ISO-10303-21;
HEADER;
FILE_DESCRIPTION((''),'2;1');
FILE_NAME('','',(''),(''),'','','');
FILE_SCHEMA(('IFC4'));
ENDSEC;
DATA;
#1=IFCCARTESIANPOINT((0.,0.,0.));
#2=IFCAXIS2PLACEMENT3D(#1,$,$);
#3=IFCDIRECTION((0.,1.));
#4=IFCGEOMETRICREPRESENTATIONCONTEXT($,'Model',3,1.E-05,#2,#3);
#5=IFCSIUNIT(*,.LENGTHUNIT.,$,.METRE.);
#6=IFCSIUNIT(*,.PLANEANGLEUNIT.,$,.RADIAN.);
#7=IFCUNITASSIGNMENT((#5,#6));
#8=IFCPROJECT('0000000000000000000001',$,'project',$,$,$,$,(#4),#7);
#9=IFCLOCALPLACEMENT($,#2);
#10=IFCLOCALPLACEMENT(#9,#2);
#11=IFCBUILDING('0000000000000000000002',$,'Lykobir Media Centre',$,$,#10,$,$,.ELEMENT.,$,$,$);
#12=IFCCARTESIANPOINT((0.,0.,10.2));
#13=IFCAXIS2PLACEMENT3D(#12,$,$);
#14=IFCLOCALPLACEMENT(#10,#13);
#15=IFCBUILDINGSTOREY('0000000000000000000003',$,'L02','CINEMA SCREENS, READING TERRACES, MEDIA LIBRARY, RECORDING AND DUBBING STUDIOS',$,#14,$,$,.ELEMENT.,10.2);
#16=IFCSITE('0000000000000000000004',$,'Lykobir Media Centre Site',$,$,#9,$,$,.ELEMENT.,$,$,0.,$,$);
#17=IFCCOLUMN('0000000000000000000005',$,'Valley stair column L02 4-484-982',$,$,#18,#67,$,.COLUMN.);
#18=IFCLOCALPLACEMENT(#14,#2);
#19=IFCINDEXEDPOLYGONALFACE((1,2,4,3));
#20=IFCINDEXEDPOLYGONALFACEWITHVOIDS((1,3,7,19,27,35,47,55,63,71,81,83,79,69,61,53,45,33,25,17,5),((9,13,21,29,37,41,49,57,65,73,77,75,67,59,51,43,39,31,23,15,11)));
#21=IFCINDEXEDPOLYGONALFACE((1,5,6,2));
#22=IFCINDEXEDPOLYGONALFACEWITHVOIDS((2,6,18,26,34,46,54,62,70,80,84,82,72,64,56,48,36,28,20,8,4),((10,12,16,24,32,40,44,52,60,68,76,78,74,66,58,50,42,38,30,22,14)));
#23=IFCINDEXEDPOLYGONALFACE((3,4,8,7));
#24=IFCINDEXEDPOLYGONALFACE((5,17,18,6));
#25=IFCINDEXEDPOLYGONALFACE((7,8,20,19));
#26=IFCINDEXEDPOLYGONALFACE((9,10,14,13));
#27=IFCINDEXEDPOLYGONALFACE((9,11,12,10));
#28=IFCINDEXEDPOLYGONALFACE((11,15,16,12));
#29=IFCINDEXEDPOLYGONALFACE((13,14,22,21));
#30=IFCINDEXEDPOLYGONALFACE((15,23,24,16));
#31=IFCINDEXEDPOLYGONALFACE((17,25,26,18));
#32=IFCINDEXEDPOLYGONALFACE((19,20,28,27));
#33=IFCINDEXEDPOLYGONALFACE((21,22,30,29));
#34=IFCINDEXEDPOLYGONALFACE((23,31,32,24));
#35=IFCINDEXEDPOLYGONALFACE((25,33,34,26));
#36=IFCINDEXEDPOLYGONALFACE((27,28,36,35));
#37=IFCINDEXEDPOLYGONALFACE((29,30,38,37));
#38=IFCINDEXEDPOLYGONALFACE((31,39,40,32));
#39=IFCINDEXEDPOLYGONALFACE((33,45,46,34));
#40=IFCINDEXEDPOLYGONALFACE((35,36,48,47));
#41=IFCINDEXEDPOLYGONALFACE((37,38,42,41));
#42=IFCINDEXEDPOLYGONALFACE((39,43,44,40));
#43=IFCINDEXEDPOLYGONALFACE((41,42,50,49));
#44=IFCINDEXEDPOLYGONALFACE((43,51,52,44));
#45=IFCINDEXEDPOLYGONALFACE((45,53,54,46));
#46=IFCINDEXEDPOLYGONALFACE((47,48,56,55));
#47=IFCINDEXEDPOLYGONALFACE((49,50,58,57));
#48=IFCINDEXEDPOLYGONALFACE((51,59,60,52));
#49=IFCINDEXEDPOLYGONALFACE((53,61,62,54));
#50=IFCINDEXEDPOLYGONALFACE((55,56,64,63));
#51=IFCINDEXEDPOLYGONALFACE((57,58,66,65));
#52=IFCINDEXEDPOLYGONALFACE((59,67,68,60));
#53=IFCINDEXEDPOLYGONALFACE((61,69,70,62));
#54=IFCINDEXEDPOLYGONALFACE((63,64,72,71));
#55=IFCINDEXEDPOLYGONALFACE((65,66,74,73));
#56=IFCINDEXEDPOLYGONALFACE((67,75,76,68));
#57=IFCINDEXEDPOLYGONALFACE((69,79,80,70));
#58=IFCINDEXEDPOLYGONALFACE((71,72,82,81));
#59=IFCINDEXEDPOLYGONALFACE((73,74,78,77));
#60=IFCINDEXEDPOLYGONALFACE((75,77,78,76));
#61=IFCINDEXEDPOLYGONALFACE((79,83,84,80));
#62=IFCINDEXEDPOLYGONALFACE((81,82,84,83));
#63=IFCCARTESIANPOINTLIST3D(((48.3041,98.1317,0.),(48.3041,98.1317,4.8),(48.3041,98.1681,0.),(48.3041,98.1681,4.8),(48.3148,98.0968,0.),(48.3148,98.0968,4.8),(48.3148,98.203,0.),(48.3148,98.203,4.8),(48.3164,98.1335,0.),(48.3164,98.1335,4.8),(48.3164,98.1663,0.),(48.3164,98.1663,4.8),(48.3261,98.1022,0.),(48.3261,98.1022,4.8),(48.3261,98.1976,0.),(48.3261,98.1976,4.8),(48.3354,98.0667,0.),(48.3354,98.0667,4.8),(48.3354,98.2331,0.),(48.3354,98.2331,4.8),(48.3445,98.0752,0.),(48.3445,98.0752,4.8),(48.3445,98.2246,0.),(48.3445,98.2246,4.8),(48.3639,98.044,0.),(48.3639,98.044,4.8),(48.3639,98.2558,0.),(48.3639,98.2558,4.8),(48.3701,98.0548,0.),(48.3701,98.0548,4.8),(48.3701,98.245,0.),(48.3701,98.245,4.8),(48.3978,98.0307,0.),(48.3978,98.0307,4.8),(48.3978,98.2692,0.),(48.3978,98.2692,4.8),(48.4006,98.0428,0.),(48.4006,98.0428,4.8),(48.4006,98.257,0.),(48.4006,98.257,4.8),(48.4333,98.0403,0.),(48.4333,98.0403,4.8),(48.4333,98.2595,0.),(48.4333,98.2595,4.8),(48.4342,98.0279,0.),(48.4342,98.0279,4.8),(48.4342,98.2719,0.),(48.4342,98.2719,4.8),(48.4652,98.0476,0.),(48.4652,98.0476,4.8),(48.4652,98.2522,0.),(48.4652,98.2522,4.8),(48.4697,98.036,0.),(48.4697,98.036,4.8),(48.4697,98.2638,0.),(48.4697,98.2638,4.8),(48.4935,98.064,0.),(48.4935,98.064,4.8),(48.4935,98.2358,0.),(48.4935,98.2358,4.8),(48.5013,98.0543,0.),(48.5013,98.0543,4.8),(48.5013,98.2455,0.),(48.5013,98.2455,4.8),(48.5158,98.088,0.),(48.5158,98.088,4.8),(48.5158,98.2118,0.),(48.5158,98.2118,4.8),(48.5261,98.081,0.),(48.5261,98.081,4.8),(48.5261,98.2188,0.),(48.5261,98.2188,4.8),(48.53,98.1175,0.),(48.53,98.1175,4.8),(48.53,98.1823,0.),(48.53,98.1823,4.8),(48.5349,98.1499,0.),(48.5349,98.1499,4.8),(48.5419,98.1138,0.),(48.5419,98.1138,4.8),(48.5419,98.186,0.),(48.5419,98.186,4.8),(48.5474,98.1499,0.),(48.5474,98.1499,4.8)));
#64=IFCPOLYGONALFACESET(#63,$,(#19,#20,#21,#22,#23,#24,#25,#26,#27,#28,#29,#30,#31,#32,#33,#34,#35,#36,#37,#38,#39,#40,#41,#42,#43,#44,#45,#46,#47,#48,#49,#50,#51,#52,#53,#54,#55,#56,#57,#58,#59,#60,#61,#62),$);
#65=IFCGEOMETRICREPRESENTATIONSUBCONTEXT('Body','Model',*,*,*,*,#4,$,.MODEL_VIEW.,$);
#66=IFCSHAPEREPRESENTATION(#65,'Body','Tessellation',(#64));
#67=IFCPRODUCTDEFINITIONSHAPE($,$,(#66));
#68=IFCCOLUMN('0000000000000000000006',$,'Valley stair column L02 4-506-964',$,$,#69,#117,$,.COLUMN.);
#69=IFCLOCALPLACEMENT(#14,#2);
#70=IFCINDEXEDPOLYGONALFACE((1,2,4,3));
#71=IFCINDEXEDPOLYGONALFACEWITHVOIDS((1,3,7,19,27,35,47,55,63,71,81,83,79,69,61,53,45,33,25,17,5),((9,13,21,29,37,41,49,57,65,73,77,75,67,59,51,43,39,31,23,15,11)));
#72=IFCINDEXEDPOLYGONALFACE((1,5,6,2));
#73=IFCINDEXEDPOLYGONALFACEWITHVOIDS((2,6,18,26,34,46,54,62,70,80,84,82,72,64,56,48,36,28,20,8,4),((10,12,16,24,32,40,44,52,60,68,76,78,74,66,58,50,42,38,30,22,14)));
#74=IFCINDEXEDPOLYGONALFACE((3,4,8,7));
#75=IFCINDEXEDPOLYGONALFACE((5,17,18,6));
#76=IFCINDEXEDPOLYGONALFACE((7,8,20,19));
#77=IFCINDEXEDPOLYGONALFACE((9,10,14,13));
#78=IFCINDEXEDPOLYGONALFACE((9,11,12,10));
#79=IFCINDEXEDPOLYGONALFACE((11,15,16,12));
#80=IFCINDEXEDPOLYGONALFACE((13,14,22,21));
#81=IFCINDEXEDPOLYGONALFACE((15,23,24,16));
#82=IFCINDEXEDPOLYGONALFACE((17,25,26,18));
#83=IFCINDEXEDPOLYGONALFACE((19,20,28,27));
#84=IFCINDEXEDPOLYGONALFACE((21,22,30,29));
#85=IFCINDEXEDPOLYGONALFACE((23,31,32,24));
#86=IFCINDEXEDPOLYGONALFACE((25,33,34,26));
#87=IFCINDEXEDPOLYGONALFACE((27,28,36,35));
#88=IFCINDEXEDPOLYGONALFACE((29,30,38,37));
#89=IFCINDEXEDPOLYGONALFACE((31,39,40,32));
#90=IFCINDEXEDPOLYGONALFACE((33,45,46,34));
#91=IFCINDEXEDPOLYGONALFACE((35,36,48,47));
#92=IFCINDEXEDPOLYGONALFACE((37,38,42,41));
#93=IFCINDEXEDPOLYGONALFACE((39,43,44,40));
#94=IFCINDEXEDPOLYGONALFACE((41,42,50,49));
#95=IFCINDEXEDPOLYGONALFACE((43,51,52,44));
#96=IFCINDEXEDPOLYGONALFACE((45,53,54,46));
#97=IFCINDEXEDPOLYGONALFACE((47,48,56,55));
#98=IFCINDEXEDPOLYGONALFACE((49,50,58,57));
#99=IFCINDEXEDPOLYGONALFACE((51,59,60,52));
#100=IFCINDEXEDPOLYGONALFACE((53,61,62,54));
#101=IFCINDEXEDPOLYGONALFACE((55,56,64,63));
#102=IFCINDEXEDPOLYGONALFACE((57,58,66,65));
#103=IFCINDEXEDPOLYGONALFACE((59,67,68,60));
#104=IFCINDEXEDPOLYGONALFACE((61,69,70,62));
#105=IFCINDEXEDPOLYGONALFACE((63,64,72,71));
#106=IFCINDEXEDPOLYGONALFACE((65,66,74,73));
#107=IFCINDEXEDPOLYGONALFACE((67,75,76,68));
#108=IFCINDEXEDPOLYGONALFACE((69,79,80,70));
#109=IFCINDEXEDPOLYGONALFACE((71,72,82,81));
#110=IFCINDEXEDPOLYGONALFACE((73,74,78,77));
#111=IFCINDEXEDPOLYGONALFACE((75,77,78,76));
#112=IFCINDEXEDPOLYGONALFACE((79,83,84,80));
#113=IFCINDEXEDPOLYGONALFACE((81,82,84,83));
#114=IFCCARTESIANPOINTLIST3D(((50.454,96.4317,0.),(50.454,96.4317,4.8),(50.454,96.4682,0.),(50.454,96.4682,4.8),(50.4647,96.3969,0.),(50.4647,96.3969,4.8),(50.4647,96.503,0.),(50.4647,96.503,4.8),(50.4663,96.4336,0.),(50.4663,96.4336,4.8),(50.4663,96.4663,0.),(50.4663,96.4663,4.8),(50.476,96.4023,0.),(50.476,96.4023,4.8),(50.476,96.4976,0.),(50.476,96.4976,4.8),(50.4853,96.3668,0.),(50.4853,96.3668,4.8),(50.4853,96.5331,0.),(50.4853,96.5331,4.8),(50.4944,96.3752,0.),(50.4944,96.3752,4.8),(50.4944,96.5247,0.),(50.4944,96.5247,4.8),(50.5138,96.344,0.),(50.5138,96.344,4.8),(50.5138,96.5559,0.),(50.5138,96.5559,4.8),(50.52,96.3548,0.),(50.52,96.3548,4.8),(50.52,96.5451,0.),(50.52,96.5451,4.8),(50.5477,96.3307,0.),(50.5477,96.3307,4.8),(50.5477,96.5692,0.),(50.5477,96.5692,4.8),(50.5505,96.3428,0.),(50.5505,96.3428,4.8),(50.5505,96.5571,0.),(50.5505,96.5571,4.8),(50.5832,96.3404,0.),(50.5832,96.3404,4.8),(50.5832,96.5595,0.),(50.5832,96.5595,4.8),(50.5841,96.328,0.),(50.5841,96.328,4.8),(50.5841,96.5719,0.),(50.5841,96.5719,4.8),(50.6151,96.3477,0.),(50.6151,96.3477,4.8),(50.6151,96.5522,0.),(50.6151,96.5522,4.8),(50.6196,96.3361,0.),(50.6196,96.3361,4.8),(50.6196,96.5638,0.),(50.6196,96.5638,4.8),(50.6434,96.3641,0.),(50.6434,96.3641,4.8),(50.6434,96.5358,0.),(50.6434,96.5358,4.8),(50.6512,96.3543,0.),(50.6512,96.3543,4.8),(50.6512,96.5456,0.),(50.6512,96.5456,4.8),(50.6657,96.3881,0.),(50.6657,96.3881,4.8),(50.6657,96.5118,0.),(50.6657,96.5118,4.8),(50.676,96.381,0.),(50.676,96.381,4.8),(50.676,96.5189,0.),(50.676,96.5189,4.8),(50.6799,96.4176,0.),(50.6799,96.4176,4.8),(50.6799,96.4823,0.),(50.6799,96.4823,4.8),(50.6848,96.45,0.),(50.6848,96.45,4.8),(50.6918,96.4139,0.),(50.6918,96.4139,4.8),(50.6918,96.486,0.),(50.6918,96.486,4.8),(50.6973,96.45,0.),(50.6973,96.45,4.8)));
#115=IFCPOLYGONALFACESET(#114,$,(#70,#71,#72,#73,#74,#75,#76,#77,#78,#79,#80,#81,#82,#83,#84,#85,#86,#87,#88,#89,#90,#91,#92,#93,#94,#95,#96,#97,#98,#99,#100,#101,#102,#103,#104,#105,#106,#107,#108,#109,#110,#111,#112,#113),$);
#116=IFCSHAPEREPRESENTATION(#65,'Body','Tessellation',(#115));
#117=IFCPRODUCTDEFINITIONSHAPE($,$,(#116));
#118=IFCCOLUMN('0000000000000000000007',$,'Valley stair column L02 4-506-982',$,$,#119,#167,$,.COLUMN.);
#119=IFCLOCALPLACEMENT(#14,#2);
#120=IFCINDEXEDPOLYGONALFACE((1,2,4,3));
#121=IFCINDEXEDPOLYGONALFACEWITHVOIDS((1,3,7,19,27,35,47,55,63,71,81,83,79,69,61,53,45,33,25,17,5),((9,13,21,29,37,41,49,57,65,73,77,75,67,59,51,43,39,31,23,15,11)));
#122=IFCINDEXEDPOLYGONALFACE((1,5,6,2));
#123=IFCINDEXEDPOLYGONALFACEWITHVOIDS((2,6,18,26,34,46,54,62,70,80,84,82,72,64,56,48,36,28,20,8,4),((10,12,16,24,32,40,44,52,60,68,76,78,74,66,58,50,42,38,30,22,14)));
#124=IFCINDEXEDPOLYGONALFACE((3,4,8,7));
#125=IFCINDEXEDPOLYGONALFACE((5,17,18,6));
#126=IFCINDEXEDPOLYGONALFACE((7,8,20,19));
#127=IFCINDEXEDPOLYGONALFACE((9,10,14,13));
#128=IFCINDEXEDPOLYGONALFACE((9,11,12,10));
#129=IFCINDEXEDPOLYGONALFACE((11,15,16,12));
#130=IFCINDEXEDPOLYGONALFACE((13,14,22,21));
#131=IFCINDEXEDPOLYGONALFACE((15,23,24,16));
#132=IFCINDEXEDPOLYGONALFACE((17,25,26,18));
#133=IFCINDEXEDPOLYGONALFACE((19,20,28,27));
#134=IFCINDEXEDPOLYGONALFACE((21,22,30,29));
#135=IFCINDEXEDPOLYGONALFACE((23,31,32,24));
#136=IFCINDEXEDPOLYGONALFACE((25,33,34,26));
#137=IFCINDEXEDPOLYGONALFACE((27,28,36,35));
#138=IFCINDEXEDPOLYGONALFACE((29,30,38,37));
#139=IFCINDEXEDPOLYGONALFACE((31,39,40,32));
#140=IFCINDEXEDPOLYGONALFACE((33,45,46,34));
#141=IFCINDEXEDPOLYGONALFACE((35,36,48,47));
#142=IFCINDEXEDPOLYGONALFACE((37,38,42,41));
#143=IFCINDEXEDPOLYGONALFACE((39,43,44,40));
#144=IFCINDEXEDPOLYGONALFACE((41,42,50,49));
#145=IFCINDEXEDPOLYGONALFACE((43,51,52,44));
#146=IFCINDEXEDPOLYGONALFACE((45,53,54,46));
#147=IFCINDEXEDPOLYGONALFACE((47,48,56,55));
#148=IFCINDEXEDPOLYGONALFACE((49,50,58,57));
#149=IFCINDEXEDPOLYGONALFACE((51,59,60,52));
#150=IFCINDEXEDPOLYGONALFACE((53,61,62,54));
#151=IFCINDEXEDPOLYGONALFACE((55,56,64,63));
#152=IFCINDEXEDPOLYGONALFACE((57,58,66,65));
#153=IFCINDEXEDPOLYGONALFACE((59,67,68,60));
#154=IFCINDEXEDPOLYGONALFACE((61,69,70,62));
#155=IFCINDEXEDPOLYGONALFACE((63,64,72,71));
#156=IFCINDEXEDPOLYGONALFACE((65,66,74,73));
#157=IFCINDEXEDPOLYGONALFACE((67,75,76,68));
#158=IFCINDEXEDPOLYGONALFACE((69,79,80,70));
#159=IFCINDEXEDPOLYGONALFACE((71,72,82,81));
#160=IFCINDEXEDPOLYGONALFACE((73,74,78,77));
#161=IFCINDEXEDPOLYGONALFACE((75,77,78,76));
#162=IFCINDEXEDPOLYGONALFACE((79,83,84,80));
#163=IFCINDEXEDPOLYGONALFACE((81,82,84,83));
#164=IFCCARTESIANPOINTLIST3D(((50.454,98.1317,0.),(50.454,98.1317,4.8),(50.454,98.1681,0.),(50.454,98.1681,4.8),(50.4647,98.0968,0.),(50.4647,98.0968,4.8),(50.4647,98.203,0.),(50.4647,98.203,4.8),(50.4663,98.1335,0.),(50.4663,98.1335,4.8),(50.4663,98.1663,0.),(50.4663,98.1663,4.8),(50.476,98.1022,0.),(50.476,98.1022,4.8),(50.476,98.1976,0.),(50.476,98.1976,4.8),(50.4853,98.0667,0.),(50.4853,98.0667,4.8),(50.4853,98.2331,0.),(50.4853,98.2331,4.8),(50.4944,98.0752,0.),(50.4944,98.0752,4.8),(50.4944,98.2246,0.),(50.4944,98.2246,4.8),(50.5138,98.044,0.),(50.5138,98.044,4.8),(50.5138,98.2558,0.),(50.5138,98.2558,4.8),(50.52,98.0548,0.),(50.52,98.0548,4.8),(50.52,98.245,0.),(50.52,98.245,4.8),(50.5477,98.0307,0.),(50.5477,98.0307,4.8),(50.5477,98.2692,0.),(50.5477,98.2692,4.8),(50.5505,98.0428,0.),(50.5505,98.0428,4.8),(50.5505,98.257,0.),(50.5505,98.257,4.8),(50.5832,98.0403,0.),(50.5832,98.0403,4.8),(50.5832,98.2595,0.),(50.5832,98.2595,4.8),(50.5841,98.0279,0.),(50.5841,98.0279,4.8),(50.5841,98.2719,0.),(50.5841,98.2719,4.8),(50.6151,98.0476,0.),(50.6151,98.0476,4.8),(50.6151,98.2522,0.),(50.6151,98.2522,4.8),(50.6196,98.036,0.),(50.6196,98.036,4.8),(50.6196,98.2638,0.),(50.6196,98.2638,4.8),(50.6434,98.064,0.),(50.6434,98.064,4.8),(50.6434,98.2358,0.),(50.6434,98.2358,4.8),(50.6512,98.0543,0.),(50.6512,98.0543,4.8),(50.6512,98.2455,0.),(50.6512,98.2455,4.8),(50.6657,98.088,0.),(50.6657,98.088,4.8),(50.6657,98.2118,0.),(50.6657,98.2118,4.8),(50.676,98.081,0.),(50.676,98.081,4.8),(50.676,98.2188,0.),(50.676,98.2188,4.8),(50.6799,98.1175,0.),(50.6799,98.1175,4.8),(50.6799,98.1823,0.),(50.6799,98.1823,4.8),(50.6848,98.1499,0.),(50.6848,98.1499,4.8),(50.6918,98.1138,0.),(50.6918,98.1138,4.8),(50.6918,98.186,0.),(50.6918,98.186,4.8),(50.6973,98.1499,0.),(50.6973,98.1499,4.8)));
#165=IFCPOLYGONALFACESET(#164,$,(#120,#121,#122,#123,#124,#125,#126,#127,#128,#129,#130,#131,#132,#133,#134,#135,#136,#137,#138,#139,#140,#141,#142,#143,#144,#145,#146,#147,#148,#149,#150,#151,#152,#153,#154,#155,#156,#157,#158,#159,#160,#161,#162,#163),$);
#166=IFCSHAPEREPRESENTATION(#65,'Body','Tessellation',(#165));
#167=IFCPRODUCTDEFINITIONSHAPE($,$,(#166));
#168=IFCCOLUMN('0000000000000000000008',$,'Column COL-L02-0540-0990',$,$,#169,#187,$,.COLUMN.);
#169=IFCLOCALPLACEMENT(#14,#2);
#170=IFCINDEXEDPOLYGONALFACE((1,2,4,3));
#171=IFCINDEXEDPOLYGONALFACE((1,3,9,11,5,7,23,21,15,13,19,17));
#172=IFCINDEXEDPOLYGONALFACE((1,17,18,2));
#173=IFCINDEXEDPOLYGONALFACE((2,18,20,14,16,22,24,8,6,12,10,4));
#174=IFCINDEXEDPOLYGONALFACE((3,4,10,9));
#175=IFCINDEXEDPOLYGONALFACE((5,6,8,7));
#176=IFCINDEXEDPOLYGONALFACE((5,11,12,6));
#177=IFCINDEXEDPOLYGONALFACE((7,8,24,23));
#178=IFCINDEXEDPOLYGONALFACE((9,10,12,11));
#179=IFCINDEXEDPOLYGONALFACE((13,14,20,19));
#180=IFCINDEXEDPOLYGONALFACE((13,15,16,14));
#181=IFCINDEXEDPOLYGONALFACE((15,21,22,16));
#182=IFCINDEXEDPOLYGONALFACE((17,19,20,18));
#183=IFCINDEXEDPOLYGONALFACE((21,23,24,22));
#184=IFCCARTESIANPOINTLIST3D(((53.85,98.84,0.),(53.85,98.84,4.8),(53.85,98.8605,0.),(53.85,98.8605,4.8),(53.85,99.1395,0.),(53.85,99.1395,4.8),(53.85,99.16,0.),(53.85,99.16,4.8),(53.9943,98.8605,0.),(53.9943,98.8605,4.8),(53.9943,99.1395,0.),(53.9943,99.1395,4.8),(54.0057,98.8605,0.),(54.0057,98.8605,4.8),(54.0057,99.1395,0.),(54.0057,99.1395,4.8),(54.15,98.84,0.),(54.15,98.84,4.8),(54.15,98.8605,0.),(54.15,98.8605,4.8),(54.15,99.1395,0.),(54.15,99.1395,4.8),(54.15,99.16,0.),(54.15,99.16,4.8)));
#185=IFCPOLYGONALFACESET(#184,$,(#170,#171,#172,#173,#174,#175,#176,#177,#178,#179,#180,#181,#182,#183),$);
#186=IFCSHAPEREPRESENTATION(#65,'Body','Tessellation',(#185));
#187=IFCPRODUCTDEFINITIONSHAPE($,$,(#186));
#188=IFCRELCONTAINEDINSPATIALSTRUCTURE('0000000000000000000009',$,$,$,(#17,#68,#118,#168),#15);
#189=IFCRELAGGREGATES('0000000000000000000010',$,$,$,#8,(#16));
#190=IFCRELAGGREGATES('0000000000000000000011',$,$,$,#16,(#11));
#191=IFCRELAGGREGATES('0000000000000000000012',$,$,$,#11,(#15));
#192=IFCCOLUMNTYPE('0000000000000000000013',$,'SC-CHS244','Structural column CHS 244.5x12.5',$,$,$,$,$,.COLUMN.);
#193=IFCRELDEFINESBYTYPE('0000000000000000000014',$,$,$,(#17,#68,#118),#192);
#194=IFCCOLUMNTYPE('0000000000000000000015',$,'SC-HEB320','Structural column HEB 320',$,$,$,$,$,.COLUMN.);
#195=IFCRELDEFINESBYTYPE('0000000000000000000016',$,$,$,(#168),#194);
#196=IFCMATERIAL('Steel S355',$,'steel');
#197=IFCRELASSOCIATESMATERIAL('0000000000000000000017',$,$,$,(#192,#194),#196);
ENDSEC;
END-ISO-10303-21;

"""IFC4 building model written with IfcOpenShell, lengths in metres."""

from ifc_helpers import new_model, si_unit, direction, frame, origin, origin_2d, place, context, subcontext, project, spatial, hollow_circle, i_section, extrude, material, material_profile, profile_set, type_object, element, save


model = new_model("IFC4")

# Units and contexts
model_context = context("Model", 3, precision=1e-05, world=origin(), true_north=direction((0.0, 1.0)))
body_context = subcontext(model_context, "Body", "Model", "MODEL_VIEW")
ifc_project = project(units=[si_unit("LENGTHUNIT", "METRE"), si_unit("PLANEANGLEUNIT", "RADIAN")], contexts=[model_context])

# Site, building, storey
site_placement = place(None, origin())
site = spatial("IfcSite", under=ifc_project, at=site_placement, Name="Lykobir Media Centre Site", CompositionType="ELEMENT", RefElevation=0.0)
building_placement = place(site_placement, origin())
building = spatial("IfcBuilding", under=site, at=building_placement, Name="Lykobir Media Centre", CompositionType="ELEMENT")
storey_placement = place(building_placement, frame((0.0, 0.0, 10.2)))
storey = spatial("IfcBuildingStorey", under=building, at=storey_placement, Name="L02", Description="CINEMA SCREENS, READING TERRACES, MEDIA LIBRARY, RECORDING AND DUBBING STUDIOS", CompositionType="ELEMENT", Elevation=10.2)

# Columns
ifc_material_1 = material(Name="Steel S355", Category="steel")
ifc_material_profile_1 = material_profile(ifc_material_1, hollow_circle(Radius=0.1223, WallThickness=0.0125, at=origin_2d()), Name="CHS 244.5x12.5")
ifc_profile_set_1 = profile_set([ifc_material_profile_1], Name="Steel S355")
column_type_1 = type_object("IfcColumnType", Name="SC-CHS244", Description="Structural column CHS 244.5x12.5", PredefinedType="COLUMN", material=ifc_profile_set_1)
for number, where, z_axis, x_axis, name in (
    (1, (48.425, 98.1499, 0.0), (0.0, 0.0, 1.0), (1.0, 0.0, 0.0), "Valley stair column L02 4-484-982"),
    (2, (50.575, 96.45, 0.0), (0.0, 0.0, 1.0), (1.0, 0.0, 0.0), "Valley stair column L02 4-506-964"),
    (3, (50.575, 98.1499, 0.0), (0.0, 0.0, 1.0), (1.0, 0.0, 0.0), "Valley stair column L02 4-506-982"),
):
    element("IfcColumn", number, at=place(storey_placement, frame(where, z_axis=z_axis, x_axis=x_axis)), inside=storey, type_object=column_type_1, Name=name, PredefinedType="COLUMN", context=body_context, shape_type="SweptSolid", body=[
        extrude(hollow_circle(Radius=0.1223, WallThickness=0.0125, at=origin_2d()), origin(), (0.0, 0.0, 1.0), 4.8),
    ])
ifc_material_profile_2 = material_profile(ifc_material_1, i_section(OverallWidth=0.3, OverallDepth=0.3201, WebThickness=0.0115, FlangeThickness=0.0205, at=origin_2d()), Name="HEB 320")
ifc_profile_set_2 = profile_set([ifc_material_profile_2], Name="Steel S355")
column_type_2 = type_object("IfcColumnType", Name="SC-HEB320", Description="Structural column HEB 320", PredefinedType="COLUMN", material=ifc_profile_set_2)
column_placement = place(storey_placement, frame((54.0, 99.0, 0.0), z_axis=(0.0, 0.0, 1.0), x_axis=(1.0, 0.0, 0.0)))
element("IfcColumn", 4, at=column_placement, inside=storey, type_object=column_type_2, Name="Column COL-L02-0540-0990", PredefinedType="COLUMN", context=body_context, shape_type="SweptSolid", body=[
    extrude(i_section(OverallWidth=0.3, OverallDepth=0.3201, WebThickness=0.0115, FlangeThickness=0.0205, at=origin_2d()), origin(), (0.0, 0.0, 1.0), 4.8),
])

save(model, "model.ifc")
